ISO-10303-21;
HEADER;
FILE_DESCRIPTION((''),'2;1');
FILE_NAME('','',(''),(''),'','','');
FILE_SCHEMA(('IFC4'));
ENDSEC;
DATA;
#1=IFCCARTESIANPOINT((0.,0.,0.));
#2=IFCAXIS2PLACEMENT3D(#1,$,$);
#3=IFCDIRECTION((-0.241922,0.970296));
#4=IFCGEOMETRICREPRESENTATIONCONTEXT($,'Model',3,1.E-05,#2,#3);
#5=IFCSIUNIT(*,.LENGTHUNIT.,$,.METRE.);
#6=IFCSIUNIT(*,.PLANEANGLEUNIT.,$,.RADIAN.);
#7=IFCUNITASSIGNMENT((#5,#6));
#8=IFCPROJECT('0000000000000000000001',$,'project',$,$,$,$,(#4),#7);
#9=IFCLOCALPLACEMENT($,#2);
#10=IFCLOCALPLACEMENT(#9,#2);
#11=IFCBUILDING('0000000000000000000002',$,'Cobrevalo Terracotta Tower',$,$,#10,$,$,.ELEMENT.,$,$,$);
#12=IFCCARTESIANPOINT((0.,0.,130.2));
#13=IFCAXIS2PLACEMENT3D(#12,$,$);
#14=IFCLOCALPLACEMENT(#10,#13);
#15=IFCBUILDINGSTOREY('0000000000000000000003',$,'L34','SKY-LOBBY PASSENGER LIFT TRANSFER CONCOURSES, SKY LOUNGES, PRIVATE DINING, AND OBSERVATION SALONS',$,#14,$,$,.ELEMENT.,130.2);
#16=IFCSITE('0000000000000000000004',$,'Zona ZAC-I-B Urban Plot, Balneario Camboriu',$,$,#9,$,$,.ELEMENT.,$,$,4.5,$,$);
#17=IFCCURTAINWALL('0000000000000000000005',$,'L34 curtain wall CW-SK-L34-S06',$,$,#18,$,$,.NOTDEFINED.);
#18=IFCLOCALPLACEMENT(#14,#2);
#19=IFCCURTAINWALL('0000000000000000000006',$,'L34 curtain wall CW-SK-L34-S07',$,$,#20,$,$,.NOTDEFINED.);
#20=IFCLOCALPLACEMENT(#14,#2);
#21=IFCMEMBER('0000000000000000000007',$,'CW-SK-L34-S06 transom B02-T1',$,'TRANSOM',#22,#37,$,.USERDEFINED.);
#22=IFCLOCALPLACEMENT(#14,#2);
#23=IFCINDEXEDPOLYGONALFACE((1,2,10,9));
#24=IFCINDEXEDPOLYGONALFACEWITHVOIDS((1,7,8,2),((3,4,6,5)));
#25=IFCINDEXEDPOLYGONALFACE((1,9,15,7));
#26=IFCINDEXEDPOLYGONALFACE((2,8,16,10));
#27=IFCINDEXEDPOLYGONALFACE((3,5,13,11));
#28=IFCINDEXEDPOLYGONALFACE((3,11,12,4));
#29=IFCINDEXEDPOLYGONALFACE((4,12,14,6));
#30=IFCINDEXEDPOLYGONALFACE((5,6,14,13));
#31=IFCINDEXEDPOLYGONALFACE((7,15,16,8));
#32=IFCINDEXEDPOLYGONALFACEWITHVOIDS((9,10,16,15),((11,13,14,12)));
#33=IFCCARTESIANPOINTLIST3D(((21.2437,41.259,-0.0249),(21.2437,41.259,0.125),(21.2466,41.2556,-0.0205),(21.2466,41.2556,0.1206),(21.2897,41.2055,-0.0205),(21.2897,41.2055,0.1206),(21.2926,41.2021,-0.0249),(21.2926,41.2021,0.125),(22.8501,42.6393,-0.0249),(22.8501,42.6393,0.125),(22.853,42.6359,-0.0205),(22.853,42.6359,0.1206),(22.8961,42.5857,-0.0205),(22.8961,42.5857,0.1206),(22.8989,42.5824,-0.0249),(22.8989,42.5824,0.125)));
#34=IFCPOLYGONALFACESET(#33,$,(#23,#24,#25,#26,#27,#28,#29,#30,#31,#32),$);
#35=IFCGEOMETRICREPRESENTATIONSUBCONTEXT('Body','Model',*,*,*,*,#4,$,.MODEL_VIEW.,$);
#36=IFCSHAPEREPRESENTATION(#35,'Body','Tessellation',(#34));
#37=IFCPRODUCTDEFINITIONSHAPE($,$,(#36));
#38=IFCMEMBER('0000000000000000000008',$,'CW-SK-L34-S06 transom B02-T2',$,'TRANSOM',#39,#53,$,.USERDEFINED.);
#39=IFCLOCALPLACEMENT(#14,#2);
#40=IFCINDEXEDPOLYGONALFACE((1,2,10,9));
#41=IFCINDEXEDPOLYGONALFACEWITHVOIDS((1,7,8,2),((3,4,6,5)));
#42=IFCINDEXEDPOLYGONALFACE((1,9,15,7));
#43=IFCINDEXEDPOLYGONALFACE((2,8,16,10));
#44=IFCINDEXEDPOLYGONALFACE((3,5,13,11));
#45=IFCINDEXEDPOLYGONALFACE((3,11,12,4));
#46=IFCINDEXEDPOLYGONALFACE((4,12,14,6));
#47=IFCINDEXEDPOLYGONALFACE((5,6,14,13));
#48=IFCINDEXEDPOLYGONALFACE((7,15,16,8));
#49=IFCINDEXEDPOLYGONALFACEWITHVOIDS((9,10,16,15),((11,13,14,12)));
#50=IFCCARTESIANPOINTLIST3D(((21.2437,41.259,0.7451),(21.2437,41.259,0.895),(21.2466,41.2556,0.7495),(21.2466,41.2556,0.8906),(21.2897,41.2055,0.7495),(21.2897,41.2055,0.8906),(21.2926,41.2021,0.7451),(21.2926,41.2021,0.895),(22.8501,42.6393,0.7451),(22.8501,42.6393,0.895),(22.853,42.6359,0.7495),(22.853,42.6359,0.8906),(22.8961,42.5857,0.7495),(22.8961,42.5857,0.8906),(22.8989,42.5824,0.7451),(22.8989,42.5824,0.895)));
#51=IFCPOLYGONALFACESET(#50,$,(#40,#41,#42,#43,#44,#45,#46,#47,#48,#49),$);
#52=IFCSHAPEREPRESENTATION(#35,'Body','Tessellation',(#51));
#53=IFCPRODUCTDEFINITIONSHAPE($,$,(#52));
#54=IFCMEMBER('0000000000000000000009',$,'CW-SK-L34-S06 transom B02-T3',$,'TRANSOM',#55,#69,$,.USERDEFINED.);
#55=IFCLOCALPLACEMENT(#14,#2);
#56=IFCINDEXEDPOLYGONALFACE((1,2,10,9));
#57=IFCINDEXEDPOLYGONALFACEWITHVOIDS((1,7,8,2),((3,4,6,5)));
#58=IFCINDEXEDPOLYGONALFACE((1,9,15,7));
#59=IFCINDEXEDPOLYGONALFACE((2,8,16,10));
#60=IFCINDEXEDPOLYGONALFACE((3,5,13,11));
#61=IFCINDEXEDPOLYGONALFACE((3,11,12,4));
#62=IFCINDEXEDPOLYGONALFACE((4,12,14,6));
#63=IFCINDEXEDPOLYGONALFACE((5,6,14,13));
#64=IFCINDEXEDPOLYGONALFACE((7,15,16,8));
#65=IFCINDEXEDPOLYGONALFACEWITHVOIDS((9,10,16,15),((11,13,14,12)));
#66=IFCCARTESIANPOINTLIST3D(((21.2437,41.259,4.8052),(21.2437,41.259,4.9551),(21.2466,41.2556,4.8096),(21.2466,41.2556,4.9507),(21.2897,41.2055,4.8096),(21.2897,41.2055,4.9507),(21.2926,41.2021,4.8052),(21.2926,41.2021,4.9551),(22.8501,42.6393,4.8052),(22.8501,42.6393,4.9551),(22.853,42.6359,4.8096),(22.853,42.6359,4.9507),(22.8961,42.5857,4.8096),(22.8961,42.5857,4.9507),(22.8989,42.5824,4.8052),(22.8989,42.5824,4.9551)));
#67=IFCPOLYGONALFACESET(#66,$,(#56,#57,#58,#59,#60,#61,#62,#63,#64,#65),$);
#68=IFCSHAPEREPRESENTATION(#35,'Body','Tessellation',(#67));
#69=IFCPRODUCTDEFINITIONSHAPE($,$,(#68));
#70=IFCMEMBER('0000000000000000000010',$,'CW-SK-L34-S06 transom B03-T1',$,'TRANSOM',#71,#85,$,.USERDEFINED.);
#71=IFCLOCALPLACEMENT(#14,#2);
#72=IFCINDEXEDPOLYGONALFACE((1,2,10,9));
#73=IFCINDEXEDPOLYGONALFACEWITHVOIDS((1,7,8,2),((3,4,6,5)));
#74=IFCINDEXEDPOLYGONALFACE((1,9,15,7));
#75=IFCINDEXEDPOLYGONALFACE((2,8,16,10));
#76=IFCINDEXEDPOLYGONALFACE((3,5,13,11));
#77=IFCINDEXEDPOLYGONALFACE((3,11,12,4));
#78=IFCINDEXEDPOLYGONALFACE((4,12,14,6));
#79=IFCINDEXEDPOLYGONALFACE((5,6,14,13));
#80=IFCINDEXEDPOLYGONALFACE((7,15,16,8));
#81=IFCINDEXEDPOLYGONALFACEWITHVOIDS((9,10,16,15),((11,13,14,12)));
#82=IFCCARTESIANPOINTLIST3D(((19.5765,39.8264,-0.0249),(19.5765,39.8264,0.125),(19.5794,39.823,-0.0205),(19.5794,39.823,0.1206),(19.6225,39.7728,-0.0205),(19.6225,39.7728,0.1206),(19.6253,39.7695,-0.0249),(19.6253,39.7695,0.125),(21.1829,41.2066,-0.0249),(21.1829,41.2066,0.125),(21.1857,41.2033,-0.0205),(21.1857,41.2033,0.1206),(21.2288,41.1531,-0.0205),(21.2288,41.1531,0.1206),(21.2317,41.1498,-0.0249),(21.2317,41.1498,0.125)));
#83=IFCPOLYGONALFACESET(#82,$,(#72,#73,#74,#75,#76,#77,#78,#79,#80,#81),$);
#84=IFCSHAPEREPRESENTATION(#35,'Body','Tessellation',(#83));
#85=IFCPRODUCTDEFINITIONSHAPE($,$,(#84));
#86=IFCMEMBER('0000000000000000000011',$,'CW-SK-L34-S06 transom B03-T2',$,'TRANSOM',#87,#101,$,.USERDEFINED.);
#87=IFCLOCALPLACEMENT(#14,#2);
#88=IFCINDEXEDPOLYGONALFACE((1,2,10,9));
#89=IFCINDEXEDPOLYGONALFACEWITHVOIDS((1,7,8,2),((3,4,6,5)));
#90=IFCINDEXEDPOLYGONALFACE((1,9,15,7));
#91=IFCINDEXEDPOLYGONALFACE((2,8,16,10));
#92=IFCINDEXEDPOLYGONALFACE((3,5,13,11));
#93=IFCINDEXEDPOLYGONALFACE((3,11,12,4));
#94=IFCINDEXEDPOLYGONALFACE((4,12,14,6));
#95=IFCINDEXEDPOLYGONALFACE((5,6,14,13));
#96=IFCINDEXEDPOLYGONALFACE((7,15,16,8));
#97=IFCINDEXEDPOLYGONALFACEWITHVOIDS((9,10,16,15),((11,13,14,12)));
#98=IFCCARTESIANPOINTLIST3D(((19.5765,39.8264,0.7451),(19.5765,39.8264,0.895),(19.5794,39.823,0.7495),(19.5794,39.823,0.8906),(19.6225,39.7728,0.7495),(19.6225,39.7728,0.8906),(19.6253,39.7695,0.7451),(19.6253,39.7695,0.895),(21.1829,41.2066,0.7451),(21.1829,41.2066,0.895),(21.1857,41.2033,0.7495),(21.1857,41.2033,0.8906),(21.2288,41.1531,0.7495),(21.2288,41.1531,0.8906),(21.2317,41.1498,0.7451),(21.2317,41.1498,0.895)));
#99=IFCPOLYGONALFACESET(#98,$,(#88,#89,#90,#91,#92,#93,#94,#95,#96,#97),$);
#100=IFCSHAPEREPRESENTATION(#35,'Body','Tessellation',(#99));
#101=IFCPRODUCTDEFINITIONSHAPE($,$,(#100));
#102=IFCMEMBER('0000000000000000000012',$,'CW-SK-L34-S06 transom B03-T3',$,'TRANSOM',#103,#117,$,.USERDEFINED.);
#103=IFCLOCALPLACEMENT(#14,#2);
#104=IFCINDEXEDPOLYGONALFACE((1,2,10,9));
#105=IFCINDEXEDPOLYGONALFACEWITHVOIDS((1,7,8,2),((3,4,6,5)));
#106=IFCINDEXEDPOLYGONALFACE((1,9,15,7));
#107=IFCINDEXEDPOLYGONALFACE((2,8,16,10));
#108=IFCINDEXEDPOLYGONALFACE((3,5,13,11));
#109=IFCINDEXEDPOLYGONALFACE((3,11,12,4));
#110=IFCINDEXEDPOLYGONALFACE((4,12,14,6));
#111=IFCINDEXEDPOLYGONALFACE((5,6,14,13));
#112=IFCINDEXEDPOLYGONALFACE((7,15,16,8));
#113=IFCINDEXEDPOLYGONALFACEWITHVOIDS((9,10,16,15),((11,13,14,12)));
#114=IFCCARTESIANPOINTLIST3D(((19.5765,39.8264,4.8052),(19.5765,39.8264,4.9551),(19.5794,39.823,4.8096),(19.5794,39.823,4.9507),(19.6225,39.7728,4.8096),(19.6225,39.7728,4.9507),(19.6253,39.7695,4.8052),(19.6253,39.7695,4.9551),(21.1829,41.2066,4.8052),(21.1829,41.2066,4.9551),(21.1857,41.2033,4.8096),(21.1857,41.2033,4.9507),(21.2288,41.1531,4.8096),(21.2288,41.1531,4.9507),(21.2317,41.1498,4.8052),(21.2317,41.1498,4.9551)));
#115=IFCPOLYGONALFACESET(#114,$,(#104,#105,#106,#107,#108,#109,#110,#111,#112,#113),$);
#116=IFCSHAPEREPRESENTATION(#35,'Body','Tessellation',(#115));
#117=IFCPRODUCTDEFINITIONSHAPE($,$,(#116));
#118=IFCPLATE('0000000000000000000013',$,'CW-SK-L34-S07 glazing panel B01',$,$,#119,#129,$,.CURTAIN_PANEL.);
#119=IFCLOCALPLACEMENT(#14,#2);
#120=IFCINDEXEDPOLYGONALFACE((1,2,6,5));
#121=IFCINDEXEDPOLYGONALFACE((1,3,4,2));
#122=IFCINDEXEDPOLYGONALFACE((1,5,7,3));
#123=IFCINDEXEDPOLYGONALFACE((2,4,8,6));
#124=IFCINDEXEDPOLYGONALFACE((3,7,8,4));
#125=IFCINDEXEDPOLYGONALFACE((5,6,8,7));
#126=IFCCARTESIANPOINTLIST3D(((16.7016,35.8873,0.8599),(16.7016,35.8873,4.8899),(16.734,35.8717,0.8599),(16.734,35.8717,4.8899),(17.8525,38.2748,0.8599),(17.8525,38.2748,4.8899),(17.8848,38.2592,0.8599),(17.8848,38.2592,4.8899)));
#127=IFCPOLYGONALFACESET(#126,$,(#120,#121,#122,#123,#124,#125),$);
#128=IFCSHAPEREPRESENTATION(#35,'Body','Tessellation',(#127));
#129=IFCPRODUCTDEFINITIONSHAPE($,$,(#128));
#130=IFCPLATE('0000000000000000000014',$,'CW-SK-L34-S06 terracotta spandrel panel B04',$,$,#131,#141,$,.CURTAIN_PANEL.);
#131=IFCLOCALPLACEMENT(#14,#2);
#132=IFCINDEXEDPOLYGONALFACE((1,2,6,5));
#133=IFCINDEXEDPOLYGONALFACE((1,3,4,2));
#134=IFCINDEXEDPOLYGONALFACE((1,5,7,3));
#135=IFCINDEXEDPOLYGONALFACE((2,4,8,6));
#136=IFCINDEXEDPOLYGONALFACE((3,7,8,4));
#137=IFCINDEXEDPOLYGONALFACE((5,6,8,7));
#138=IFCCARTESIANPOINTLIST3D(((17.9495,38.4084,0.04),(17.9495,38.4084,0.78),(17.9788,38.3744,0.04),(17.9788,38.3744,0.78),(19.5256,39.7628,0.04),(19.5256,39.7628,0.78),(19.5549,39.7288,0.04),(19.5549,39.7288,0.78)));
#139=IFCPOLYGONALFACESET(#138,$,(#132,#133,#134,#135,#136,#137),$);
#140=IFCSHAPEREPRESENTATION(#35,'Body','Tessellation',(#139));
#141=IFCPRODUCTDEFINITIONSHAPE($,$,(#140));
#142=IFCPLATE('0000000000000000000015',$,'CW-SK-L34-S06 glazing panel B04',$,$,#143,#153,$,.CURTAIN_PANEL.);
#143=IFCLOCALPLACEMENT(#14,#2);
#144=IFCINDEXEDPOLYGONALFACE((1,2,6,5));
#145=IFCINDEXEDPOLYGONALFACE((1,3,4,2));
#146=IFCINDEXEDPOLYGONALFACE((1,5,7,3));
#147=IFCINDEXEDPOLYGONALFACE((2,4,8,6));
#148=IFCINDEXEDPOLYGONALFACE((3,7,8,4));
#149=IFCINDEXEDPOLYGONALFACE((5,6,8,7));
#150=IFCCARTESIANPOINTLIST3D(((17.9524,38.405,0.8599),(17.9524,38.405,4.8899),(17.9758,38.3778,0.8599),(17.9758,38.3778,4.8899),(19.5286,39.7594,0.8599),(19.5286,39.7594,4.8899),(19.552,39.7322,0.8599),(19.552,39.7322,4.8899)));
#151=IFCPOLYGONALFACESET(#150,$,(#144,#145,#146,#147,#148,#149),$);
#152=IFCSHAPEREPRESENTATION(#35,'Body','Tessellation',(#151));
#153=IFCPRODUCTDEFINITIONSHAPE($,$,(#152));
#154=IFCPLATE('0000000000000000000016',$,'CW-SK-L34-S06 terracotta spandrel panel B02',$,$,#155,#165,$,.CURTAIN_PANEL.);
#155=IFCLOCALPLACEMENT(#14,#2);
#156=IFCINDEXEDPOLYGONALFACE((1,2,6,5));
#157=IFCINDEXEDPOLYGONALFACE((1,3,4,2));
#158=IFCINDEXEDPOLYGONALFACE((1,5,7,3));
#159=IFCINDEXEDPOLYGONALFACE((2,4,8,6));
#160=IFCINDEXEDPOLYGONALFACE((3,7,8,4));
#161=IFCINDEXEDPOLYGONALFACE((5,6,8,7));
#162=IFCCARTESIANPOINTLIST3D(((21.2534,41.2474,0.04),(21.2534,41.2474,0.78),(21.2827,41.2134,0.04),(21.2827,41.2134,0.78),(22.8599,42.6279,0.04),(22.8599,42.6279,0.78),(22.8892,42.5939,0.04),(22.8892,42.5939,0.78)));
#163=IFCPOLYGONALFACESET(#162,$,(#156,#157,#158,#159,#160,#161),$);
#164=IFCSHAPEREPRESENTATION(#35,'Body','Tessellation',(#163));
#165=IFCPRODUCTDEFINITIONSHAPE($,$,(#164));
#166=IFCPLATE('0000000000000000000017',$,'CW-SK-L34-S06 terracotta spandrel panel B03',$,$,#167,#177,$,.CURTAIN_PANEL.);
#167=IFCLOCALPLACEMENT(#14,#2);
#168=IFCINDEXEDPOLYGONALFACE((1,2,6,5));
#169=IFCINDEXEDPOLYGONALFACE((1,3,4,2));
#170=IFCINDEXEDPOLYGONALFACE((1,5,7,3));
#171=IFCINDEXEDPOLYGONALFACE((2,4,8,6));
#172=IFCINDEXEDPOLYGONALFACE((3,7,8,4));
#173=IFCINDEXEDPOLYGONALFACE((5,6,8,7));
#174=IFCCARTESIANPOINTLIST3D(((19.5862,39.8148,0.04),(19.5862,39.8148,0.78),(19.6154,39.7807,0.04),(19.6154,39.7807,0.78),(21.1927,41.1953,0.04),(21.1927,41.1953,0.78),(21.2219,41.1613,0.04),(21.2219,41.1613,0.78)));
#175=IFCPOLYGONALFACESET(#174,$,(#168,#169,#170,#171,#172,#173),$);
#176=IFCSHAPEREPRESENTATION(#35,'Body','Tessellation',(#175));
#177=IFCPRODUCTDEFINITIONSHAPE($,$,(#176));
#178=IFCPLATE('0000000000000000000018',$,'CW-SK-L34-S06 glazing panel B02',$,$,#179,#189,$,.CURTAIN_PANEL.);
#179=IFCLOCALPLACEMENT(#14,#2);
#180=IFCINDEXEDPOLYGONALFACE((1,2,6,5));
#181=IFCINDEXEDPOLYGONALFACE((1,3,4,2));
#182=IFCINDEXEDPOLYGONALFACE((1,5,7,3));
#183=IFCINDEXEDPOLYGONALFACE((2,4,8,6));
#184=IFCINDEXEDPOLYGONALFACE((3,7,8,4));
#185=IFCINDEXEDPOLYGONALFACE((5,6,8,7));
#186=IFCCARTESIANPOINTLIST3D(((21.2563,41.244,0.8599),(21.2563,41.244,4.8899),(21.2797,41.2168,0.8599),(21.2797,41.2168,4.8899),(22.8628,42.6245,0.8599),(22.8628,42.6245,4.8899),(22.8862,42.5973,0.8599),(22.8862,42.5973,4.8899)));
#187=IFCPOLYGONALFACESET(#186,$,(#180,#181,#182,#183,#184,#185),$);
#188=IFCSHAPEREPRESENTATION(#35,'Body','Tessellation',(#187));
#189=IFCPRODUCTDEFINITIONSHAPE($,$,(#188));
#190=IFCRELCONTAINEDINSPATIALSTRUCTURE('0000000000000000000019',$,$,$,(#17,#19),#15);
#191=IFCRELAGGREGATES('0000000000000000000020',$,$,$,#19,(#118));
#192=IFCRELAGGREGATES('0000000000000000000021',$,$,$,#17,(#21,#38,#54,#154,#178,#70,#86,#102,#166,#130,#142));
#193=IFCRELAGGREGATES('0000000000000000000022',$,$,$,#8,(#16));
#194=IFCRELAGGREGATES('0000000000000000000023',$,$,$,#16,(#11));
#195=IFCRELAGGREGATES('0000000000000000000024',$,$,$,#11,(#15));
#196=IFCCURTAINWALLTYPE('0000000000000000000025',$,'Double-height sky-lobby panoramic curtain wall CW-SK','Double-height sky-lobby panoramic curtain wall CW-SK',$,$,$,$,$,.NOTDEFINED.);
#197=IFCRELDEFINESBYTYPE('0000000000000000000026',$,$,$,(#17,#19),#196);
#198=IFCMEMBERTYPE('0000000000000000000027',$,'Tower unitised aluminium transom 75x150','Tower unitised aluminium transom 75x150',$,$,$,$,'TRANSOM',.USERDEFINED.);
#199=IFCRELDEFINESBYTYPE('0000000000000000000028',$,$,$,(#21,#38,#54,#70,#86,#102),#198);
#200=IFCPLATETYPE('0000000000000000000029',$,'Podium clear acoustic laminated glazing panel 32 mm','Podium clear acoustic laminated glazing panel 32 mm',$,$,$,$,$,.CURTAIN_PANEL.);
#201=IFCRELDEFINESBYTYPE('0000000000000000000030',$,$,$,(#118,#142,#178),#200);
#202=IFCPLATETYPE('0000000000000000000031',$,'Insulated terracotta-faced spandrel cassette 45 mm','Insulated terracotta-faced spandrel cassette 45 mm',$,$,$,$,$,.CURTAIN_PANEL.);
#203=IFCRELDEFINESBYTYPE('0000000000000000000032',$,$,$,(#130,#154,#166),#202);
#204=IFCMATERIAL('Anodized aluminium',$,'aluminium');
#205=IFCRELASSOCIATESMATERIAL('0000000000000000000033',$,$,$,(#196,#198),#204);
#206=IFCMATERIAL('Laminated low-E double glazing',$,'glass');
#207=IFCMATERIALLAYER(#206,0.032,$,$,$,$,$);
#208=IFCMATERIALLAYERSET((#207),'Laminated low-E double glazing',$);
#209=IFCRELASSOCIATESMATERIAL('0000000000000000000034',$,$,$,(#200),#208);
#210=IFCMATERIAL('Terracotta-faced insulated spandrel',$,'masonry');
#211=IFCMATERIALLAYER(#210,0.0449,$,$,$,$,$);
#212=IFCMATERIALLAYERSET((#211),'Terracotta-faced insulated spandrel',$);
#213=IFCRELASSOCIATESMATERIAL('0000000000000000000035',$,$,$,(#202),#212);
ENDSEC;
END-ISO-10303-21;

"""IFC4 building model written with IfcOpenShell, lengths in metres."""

from ifc_helpers import new_model, si_unit, direction, frame, origin, origin_2d, place, context, subcontext, project, spatial, rectangle, hollow_rectangle, extrude, source, transform, mapped, material, layer, layer_set, material_profile, profile_set, type_object, element, aggregate, save


model = new_model("IFC4")

# Units and contexts
model_context = context("Model", 3, precision=1e-05, world=origin(), true_north=direction((-0.241922, 0.970296)))
body_context = subcontext(model_context, "Body", "Model", "MODEL_VIEW")
ifc_project = project(units=[si_unit("LENGTHUNIT", "METRE"), si_unit("PLANEANGLEUNIT", "RADIAN")], contexts=[model_context])

# Site, building, storey
site_placement = place(None, origin())
site = spatial("IfcSite", under=ifc_project, at=site_placement, Name="Zona ZAC-I-B Urban Plot, Balneario Camboriu", CompositionType="ELEMENT", RefElevation=4.5)
building_placement = place(site_placement, origin())
building = spatial("IfcBuilding", under=site, at=building_placement, Name="Cobrevalo Terracotta Tower", CompositionType="ELEMENT")
storey_placement = place(building_placement, frame((0.0, 0.0, 130.2)))
storey = spatial("IfcBuildingStorey", under=building, at=storey_placement, Name="L34", Description="SKY-LOBBY PASSENGER LIFT TRANSFER CONCOURSES, SKY LOUNGES, PRIVATE DINING, AND OBSERVATION SALONS", CompositionType="ELEMENT", Elevation=130.2)

# Curtain walls
ifc_material_1 = material(Name="Anodized aluminium", Category="aluminium")
curtain_wall_type = type_object("IfcCurtainWallType", Name="Double-height sky-lobby panoramic curtain wall CW-SK", Description="Double-height sky-lobby panoramic curtain wall CW-SK", PredefinedType="NOTDEFINED", material=ifc_material_1)
curtain_wall_1_placement = place(storey_placement, origin())
curtain_wall_1 = element("IfcCurtainWall", 1, at=curtain_wall_1_placement, inside=storey, type_object=curtain_wall_type, Name="L34 curtain wall CW-SK-L34-S06", PredefinedType="NOTDEFINED")
curtain_wall_2_placement = place(storey_placement, origin())
curtain_wall_2 = element("IfcCurtainWall", 2, at=curtain_wall_2_placement, inside=storey, type_object=curtain_wall_type, Name="L34 curtain wall CW-SK-L34-S07", PredefinedType="NOTDEFINED")
ifc_material_profile_1 = material_profile(ifc_material_1, hollow_rectangle(XDim=0.075, YDim=0.1499, WallThickness=0.0044, at=origin_2d()), Name="CWT 75x150")
ifc_profile_set_1 = profile_set([ifc_material_profile_1], Name="Anodized aluminium")
member_type_1 = type_object("IfcMemberType", Name="Tower unitised aluminium transom 75x150", Description="Tower unitised aluminium transom 75x150", ElementType="TRANSOM", PredefinedType="USERDEFINED", material=ifc_profile_set_1)

# Members
shared_shape_1 = source(origin(), body_context, "Body", "SweptSolid", [
    extrude(hollow_rectangle(XDim=0.075, YDim=0.1499, WallThickness=0.0044, at=origin_2d()), origin(), (0.0, 0.0, 1.0), 2.1179),
])
member_1_placement = place(storey_placement, frame((22.8745, 42.6108, 0.05), z_axis=(-0.758459, -0.651721, 0.0), x_axis=(0.651721, -0.758459, 0.0)))
member_1 = element("IfcMember", 3, at=member_1_placement, type_object=member_type_1, Name="CW-SK-L34-S06 transom B02-T1", ObjectType="TRANSOM", PredefinedType="USERDEFINED", context=body_context, shape_type="MappedRepresentation", body=[
    mapped(shared_shape_1, transform((0.0, 0.0, 0.0), scale=1.0)),
])
member_2_placement = place(storey_placement, frame((22.8745, 42.6108, 0.8201), z_axis=(-0.758459, -0.651721, 0.0), x_axis=(0.651721, -0.758459, 0.0)))
member_2 = element("IfcMember", 4, at=member_2_placement, type_object=member_type_1, Name="CW-SK-L34-S06 transom B02-T2", ObjectType="TRANSOM", PredefinedType="USERDEFINED", context=body_context, shape_type="MappedRepresentation", body=[
    mapped(shared_shape_1, transform((0.0, 0.0, 0.0), scale=1.0)),
])
member_3_placement = place(storey_placement, frame((22.8745, 42.6108, 4.8801), z_axis=(-0.758459, -0.651721, 0.0), x_axis=(0.651721, -0.758459, 0.0)))
member_3 = element("IfcMember", 5, at=member_3_placement, type_object=member_type_1, Name="CW-SK-L34-S06 transom B02-T3", ObjectType="TRANSOM", PredefinedType="USERDEFINED", context=body_context, shape_type="MappedRepresentation", body=[
    mapped(shared_shape_1, transform((0.0, 0.0, 0.0), scale=1.0)),
])
member_4_placement = place(storey_placement, frame((21.2073, 41.1782, 0.05), z_axis=(-0.758459, -0.651721, 0.0), x_axis=(0.651721, -0.758459, 0.0)))
member_4 = element("IfcMember", 6, at=member_4_placement, type_object=member_type_1, Name="CW-SK-L34-S06 transom B03-T1", ObjectType="TRANSOM", PredefinedType="USERDEFINED", context=body_context, shape_type="MappedRepresentation", body=[
    mapped(shared_shape_1, transform((0.0, 0.0, 0.0), scale=1.0)),
])
member_5_placement = place(storey_placement, frame((21.2073, 41.1782, 0.8201), z_axis=(-0.758459, -0.651721, 0.0), x_axis=(0.651721, -0.758459, 0.0)))
member_5 = element("IfcMember", 7, at=member_5_placement, type_object=member_type_1, Name="CW-SK-L34-S06 transom B03-T2", ObjectType="TRANSOM", PredefinedType="USERDEFINED", context=body_context, shape_type="MappedRepresentation", body=[
    mapped(shared_shape_1, transform((0.0, 0.0, 0.0), scale=1.0)),
])
member_6_placement = place(storey_placement, frame((21.2073, 41.1782, 4.8801), z_axis=(-0.758459, -0.651721, 0.0), x_axis=(0.651721, -0.758459, 0.0)))
member_6 = element("IfcMember", 8, at=member_6_placement, type_object=member_type_1, Name="CW-SK-L34-S06 transom B03-T3", ObjectType="TRANSOM", PredefinedType="USERDEFINED", context=body_context, shape_type="MappedRepresentation", body=[
    mapped(shared_shape_1, transform((0.0, 0.0, 0.0), scale=1.0)),
])

# Plates
ifc_material_2 = material(Name="Laminated low-E double glazing", Category="glass")
ifc_layer_1 = layer(ifc_material_2, 0.032)
ifc_layer_set_1 = layer_set([ifc_layer_1], Name="Laminated low-E double glazing")
plate_type_1 = type_object("IfcPlateType", Name="Podium clear acoustic laminated glazing panel 32 mm", Description="Podium clear acoustic laminated glazing panel 32 mm", PredefinedType="CURTAIN_PANEL", material=ifc_layer_set_1)
shared_shape_2 = source(origin(), body_context, "Body", "SweptSolid", [
    extrude(rectangle(XDim=2.6504, YDim=0.0359, at=origin_2d()), origin(), (0.0, 0.0, 1.0), 4.03),
])
plate_1_placement = place(storey_placement, frame((17.2932, 37.0732, 0.8599), z_axis=(0.0, 0.0, 1.0), x_axis=(-0.434209, -0.900812, 0.0)))
plate_1 = element("IfcPlate", 9, at=plate_1_placement, type_object=plate_type_1, Name="CW-SK-L34-S07 glazing panel B01", PredefinedType="CURTAIN_PANEL", context=body_context, shape_type="MappedRepresentation", body=[
    mapped(shared_shape_2, transform((0.0, 0.0, 0.0), scale=1.0)),
])
aggregate(curtain_wall_2, [plate_1])
ifc_material_3 = material(Name="Terracotta-faced insulated spandrel", Category="masonry")
ifc_layer_2 = layer(ifc_material_3, 0.0449)
ifc_layer_set_2 = layer_set([ifc_layer_2], Name="Terracotta-faced insulated spandrel")
plate_type_2 = type_object("IfcPlateType", Name="Insulated terracotta-faced spandrel cassette 45 mm", Description="Insulated terracotta-faced spandrel cassette 45 mm", PredefinedType="CURTAIN_PANEL", material=ifc_layer_set_2)
shared_shape_3 = source(origin(), body_context, "Body", "SweptSolid", [
    extrude(rectangle(XDim=2.0781, YDim=0.0449, at=origin_2d()), origin(), (0.0, 0.0, 1.0), 0.74),
])
plate_2_placement = place(storey_placement, frame((18.7522, 39.0686, 0.04), z_axis=(0.0, 0.0, 1.0), x_axis=(-0.758437, -0.651746, 0.0)))
plate_2 = element("IfcPlate", 10, at=plate_2_placement, type_object=plate_type_2, Name="CW-SK-L34-S06 terracotta spandrel panel B04", PredefinedType="CURTAIN_PANEL", context=body_context, shape_type="MappedRepresentation", body=[
    mapped(shared_shape_3, transform((0.0, 0.0, 0.0), scale=1.0)),
])
shared_shape_4 = source(origin(), body_context, "Body", "SweptSolid", [
    extrude(rectangle(XDim=2.0781, YDim=0.0359, at=origin_2d()), origin(), (0.0, 0.0, 1.0), 4.03),
])
plate_3_placement = place(storey_placement, frame((18.7522, 39.0686, 0.8599), z_axis=(0.0, 0.0, 1.0), x_axis=(-0.758437, -0.651746, 0.0)))
plate_3 = element("IfcPlate", 11, at=plate_3_placement, type_object=plate_type_1, Name="CW-SK-L34-S06 glazing panel B04", PredefinedType="CURTAIN_PANEL", context=body_context, shape_type="MappedRepresentation", body=[
    mapped(shared_shape_4, transform((0.0, 0.0, 0.0), scale=1.0)),
])
shared_shape_5 = source(origin(), body_context, "Body", "SweptSolid", [
    extrude(rectangle(XDim=2.1182, YDim=0.0449, at=origin_2d()), origin(), (0.0, 0.0, 1.0), 0.74),
])
plate_4_placement = place(storey_placement, frame((22.0713, 41.9207, 0.04), z_axis=(0.0, 0.0, 1.0), x_axis=(-0.758437, -0.651746, 0.0)))
plate_4 = element("IfcPlate", 12, at=plate_4_placement, type_object=plate_type_2, Name="CW-SK-L34-S06 terracotta spandrel panel B02", PredefinedType="CURTAIN_PANEL", context=body_context, shape_type="MappedRepresentation", body=[
    mapped(shared_shape_5, transform((0.0, 0.0, 0.0), scale=1.0)),
])
plate_5_placement = place(storey_placement, frame((20.4041, 40.488, 0.04), z_axis=(0.0, 0.0, 1.0), x_axis=(-0.758437, -0.651746, 0.0)))
plate_5 = element("IfcPlate", 13, at=plate_5_placement, type_object=plate_type_2, Name="CW-SK-L34-S06 terracotta spandrel panel B03", PredefinedType="CURTAIN_PANEL", context=body_context, shape_type="MappedRepresentation", body=[
    mapped(shared_shape_5, transform((0.0, 0.0, 0.0), scale=1.0)),
])
shared_shape_6 = source(origin(), body_context, "Body", "SweptSolid", [
    extrude(rectangle(XDim=2.1182, YDim=0.0359, at=origin_2d()), origin(), (0.0, 0.0, 1.0), 4.03),
])
plate_6_placement = place(storey_placement, frame((22.0713, 41.9207, 0.8599), z_axis=(0.0, 0.0, 1.0), x_axis=(-0.758437, -0.651746, 0.0)))
plate_6 = element("IfcPlate", 14, at=plate_6_placement, type_object=plate_type_1, Name="CW-SK-L34-S06 glazing panel B02", PredefinedType="CURTAIN_PANEL", context=body_context, shape_type="MappedRepresentation", body=[
    mapped(shared_shape_6, transform((0.0, 0.0, 0.0), scale=1.0)),
])
aggregate(curtain_wall_1, [member_1, member_2, member_3, plate_4, plate_6, member_4, member_5, member_6, plate_5, plate_2, plate_3])

save(model, "model.ifc")
